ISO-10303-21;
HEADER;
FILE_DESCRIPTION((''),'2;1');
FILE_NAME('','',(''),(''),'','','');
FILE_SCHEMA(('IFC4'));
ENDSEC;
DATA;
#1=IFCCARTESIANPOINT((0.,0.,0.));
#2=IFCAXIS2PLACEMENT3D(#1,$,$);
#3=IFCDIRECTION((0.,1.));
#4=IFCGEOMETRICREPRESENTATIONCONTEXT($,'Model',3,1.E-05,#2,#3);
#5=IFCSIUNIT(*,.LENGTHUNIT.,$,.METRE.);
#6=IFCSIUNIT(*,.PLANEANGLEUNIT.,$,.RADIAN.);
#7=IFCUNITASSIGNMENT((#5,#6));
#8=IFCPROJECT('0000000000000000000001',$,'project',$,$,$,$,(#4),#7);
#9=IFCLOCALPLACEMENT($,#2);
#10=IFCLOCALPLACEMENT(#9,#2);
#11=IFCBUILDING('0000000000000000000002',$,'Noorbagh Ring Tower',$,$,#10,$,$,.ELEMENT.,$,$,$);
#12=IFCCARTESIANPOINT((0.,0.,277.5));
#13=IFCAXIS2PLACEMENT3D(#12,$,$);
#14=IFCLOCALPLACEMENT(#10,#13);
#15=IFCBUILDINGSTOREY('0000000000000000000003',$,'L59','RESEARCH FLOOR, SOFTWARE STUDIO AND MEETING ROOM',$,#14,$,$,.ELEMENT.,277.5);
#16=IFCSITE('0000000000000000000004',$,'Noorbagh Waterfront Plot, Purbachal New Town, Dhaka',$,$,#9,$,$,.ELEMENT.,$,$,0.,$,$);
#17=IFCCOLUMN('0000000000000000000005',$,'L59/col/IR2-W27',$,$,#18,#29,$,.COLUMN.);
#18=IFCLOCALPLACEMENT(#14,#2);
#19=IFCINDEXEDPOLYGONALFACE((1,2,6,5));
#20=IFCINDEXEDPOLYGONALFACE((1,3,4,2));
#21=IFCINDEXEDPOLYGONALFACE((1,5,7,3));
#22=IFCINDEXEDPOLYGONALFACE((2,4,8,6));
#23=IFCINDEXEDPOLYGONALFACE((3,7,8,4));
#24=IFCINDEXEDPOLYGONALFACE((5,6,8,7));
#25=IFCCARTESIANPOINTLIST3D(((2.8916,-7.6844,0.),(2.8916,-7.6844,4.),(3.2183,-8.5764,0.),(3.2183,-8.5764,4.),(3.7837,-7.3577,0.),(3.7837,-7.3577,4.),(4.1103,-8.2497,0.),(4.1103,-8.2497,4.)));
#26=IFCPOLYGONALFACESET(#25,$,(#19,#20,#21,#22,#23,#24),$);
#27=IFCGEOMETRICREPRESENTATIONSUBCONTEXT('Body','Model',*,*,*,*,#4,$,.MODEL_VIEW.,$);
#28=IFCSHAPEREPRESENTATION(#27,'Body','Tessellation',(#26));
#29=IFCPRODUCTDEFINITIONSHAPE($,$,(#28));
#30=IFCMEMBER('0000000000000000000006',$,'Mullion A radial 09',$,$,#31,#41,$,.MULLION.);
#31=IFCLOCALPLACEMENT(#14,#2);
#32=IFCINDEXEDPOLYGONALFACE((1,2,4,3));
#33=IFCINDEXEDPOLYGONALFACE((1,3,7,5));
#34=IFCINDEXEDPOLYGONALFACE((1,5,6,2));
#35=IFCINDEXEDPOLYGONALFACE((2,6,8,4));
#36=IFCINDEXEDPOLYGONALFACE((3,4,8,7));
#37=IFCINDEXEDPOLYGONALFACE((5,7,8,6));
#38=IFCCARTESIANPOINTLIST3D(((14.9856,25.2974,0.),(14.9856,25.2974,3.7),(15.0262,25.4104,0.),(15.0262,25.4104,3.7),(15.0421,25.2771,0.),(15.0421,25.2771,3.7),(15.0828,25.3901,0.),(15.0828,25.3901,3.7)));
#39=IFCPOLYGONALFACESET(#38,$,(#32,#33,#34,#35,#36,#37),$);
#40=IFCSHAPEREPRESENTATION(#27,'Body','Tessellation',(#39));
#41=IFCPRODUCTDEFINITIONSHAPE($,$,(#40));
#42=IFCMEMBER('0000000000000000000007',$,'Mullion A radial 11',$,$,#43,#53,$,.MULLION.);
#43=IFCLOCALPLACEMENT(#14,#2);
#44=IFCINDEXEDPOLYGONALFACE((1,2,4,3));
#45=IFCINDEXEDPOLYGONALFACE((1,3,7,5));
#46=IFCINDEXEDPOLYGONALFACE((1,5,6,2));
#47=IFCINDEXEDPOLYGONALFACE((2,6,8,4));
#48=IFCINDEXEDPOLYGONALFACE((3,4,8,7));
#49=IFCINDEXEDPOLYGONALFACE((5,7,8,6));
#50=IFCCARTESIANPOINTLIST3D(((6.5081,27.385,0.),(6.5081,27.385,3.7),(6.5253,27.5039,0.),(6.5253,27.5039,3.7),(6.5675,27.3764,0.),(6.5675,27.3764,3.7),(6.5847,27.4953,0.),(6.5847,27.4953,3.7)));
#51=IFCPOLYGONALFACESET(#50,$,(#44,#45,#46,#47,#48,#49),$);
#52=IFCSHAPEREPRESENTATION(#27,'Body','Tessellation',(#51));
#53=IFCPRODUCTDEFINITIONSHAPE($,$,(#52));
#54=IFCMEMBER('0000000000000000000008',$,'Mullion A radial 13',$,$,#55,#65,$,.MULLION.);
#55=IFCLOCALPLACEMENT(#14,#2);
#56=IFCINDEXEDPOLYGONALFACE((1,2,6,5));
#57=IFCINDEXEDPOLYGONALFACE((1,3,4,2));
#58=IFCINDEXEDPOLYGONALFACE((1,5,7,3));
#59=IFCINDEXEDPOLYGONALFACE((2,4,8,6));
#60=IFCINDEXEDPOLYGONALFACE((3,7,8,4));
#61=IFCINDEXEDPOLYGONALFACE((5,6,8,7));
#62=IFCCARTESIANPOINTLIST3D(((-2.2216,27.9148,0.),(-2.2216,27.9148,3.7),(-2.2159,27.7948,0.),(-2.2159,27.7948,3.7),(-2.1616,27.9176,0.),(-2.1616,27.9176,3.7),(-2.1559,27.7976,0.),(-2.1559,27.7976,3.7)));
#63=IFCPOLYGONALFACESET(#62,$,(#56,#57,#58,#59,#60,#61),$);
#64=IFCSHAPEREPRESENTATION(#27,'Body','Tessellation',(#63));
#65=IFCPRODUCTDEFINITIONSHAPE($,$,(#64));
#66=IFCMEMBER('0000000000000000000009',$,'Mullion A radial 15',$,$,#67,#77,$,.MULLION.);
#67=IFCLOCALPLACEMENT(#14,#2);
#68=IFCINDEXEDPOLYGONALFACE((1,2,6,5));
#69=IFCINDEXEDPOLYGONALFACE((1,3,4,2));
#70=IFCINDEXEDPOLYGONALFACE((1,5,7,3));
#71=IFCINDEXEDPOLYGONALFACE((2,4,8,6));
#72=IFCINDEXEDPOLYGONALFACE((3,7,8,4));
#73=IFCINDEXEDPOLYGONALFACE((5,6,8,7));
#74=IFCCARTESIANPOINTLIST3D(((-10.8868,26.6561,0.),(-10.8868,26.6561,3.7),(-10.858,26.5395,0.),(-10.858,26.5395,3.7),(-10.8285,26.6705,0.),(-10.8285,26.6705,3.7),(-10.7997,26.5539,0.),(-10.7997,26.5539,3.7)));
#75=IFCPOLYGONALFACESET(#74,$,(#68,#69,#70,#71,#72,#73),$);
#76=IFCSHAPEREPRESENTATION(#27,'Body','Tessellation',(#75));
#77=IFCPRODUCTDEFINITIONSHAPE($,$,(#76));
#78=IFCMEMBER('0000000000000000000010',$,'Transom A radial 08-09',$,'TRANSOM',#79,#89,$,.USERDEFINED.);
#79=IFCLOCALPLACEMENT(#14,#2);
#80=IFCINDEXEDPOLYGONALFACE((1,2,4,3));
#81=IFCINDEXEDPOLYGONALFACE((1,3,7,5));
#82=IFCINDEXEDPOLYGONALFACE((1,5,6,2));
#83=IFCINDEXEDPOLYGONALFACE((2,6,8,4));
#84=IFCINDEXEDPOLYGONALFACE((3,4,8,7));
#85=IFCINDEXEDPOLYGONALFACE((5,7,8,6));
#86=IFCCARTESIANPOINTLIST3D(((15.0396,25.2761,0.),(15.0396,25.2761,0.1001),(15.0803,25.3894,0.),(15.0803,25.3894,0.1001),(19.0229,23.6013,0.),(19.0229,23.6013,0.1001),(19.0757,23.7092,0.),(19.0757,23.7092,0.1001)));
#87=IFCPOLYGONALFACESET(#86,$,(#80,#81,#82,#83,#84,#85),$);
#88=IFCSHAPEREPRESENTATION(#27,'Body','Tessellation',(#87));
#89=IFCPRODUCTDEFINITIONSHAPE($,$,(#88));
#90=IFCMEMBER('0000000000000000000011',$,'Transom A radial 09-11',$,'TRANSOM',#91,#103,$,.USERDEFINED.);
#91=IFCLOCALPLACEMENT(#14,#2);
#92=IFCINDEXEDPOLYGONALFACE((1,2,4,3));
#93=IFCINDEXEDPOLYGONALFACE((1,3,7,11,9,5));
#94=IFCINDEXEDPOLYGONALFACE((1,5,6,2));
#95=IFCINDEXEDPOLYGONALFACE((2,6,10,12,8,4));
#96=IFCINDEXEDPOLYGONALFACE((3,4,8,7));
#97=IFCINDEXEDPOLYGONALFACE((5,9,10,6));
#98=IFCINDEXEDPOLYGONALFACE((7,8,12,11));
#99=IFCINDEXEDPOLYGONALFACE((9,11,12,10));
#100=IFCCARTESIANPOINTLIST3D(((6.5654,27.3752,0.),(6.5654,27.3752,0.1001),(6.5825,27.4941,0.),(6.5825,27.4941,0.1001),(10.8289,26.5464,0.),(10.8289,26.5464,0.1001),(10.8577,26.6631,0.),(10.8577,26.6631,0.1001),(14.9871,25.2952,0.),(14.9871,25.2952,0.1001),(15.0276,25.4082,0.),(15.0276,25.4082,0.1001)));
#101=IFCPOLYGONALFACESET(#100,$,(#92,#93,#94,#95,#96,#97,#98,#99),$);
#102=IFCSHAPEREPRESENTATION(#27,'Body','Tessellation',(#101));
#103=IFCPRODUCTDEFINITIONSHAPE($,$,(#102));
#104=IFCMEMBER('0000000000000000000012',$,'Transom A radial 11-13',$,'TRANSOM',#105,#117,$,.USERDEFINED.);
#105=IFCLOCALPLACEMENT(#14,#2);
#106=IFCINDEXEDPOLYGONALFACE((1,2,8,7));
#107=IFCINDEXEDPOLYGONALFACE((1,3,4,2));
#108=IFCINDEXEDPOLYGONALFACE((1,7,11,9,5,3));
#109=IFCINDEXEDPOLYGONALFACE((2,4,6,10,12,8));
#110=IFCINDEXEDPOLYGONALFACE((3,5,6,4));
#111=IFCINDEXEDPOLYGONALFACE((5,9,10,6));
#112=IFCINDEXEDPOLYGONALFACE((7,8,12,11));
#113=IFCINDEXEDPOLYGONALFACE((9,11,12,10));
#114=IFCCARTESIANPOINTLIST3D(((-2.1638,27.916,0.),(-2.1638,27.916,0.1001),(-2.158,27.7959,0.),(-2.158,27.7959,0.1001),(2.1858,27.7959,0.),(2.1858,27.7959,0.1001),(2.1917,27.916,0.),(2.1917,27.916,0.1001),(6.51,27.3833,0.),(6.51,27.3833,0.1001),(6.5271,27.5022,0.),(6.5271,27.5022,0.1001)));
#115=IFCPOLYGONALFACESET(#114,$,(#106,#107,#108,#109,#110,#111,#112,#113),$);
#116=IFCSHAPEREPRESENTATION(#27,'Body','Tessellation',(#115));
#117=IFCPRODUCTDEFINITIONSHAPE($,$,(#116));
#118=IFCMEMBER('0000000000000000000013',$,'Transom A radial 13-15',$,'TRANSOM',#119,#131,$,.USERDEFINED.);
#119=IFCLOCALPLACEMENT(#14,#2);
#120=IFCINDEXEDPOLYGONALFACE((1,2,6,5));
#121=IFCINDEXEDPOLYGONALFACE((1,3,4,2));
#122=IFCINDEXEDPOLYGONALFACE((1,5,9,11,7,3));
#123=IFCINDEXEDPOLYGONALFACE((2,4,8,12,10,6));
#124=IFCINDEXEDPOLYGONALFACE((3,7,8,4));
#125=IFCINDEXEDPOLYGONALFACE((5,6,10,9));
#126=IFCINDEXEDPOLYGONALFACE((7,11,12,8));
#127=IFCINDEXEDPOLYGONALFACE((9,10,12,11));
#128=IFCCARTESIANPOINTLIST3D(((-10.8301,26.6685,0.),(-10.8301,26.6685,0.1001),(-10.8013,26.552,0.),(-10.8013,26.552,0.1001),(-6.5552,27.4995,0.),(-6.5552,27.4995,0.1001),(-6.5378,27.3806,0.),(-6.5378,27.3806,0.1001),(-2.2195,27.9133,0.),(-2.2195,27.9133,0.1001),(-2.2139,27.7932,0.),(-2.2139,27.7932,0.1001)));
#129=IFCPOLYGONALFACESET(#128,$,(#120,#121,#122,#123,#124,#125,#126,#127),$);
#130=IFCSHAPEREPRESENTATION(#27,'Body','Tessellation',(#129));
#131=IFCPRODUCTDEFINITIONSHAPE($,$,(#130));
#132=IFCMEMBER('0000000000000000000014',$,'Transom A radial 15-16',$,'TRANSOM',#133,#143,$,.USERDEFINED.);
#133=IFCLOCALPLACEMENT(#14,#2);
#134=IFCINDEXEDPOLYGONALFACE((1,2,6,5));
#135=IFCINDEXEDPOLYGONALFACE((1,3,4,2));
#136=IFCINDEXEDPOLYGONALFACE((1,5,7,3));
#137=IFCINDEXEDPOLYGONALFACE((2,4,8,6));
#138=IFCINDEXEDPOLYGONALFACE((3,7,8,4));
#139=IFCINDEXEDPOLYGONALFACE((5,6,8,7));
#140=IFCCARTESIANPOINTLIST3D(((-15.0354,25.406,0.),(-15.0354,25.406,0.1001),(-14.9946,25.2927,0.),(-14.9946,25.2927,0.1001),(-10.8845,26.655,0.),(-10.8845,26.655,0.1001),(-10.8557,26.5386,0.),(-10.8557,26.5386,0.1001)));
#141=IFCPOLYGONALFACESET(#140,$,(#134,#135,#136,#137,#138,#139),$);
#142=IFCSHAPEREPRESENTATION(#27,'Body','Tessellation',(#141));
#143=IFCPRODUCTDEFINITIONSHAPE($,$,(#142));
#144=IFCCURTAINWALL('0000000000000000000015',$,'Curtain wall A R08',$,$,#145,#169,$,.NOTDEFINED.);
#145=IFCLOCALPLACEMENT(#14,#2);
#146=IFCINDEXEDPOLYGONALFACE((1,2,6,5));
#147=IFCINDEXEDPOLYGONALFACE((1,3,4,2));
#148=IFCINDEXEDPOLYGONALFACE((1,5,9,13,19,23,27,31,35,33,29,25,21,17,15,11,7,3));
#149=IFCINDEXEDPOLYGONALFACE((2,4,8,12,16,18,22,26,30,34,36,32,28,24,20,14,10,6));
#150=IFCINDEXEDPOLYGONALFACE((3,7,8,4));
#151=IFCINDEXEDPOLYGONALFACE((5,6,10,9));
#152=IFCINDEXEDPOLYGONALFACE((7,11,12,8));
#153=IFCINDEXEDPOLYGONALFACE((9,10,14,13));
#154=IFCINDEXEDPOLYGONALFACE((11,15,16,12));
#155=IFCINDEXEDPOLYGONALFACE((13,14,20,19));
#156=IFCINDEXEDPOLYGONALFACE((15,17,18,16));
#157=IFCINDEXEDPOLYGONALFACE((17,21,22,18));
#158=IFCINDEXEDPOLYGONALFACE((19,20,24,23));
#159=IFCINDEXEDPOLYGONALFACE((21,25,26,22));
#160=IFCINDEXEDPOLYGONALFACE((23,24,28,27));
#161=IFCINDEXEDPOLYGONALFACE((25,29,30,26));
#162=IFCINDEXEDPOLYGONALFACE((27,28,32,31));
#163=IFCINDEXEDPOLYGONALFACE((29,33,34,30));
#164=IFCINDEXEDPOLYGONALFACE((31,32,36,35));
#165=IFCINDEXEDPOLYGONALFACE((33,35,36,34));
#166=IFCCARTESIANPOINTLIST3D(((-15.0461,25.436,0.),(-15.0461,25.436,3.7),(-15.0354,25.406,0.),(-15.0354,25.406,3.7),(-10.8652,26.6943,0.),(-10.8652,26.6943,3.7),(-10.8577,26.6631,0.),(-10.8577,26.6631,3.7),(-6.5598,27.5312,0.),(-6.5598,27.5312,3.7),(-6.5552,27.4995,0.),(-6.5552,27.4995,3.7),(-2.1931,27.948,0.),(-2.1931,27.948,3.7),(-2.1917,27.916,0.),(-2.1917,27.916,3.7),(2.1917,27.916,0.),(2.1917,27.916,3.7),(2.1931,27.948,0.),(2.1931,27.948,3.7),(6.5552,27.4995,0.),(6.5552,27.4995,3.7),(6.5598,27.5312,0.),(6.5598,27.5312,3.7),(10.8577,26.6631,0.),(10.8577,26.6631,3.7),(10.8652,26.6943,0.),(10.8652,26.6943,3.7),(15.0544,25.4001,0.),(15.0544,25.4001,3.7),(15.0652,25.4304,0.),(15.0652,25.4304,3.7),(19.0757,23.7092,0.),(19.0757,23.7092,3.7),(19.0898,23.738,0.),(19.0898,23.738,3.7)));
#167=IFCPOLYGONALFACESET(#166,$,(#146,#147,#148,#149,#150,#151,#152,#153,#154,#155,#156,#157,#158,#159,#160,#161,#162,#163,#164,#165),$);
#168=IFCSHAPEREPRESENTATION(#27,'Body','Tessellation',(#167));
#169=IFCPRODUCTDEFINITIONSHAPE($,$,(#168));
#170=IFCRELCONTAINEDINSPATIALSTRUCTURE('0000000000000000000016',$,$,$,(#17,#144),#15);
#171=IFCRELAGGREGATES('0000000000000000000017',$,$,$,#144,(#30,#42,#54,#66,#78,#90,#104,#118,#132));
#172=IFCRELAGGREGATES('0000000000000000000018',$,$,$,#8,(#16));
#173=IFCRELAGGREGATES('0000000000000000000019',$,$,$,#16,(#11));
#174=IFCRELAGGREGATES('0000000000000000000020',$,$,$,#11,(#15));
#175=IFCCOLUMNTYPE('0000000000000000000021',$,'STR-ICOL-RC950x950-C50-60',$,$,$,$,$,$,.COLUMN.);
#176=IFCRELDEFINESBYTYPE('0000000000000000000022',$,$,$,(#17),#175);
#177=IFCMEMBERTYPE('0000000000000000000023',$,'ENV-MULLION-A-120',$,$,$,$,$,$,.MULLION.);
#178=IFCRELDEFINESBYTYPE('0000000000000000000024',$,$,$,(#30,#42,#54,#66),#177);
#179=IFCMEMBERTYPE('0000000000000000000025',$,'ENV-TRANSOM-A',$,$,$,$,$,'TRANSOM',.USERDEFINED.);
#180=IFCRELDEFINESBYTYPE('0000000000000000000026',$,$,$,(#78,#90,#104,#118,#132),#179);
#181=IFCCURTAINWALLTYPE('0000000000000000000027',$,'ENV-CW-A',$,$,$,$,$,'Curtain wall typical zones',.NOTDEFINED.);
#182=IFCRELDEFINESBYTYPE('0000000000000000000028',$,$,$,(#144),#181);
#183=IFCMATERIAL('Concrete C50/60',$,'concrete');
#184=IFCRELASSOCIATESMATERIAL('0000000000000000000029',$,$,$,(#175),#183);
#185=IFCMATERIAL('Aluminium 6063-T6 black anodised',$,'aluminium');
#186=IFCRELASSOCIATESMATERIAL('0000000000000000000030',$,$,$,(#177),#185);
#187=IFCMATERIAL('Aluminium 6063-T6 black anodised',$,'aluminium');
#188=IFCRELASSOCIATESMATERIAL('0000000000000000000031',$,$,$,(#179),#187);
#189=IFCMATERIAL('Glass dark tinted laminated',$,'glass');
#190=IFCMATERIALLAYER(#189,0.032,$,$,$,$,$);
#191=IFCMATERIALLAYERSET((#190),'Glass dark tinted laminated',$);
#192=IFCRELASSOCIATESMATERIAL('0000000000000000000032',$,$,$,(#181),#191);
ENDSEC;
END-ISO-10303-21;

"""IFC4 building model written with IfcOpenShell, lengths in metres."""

from ifc_helpers import new_model, si_unit, direction, frame, origin, origin_2d, place, context, subcontext, project, spatial, polyline, rectangle, outline, extrude, material, layer, layer_set, material_profile, profile_set, type_object, element, aggregate, save


model = new_model("IFC4")

# Units and contexts
model_context = context("Model", 3, precision=1e-05, world=origin(), true_north=direction((0.0, 1.0)))
body_context = subcontext(model_context, "Body", "Model", "MODEL_VIEW")
ifc_project = project(units=[si_unit("LENGTHUNIT", "METRE"), si_unit("PLANEANGLEUNIT", "RADIAN")], contexts=[model_context])

# Site, building, storey
site_placement = place(None, origin())
site = spatial("IfcSite", under=ifc_project, at=site_placement, Name="Noorbagh Waterfront Plot, Purbachal New Town, Dhaka", CompositionType="ELEMENT", RefElevation=0.0)
building_placement = place(site_placement, origin())
building = spatial("IfcBuilding", under=site, at=building_placement, Name="Noorbagh Ring Tower", CompositionType="ELEMENT")
storey_placement = place(building_placement, frame((0.0, 0.0, 277.5)))
storey = spatial("IfcBuildingStorey", under=building, at=storey_placement, Name="L59", Description="RESEARCH FLOOR, SOFTWARE STUDIO AND MEETING ROOM", CompositionType="ELEMENT", Elevation=277.5)

# Column
ifc_material_1 = material(Name="Concrete C50/60", Category="concrete")
ifc_material_profile_1 = material_profile(ifc_material_1, rectangle(XDim=0.95, YDim=0.95, at=origin_2d()), Name="RC950x950")
ifc_profile_set_1 = profile_set([ifc_material_profile_1], Name="Concrete C50/60")
column_type = type_object("IfcColumnType", Name="STR-ICOL-RC950x950-C50-60", PredefinedType="COLUMN", material=ifc_profile_set_1)
column_placement = place(storey_placement, frame((3.501, -7.967, 0.0), z_axis=(0.0, 0.0, 1.0), x_axis=(0.93902, 0.343864, 0.0)))
element("IfcColumn", 1, at=column_placement, inside=storey, type_object=column_type, Name="L59/col/IR2-W27", PredefinedType="COLUMN", context=body_context, shape_type="SweptSolid", body=[
    extrude(rectangle(XDim=0.95, YDim=0.95, at=origin_2d()), origin(), (0.0, 0.0, 1.0), 4.0),
])

# Members
ifc_material_2 = material(Name="Aluminium 6063-T6 black anodised", Category="aluminium")
ifc_material_profile_2 = material_profile(ifc_material_2, rectangle(XDim=0.1201, YDim=0.0601, at=origin_2d()), Name="120x60")
ifc_profile_set_2 = profile_set([ifc_material_profile_2], Name="Aluminium 6063-T6 black anodised")
member_type_1 = type_object("IfcMemberType", Name="ENV-MULLION-A-120", PredefinedType="MULLION", material=ifc_profile_set_2)
member_1_placement = place(storey_placement, frame((15.0342, 25.3438, 0.0), z_axis=(0.0, 0.0, 1.0), x_axis=(-0.338379, -0.94101, 0.0)))
member_1 = element("IfcMember", 2, at=member_1_placement, type_object=member_type_1, Name="Mullion A radial 09", PredefinedType="MULLION", context=body_context, shape_type="SweptSolid", body=[
    extrude(rectangle(XDim=0.1201, YDim=0.0601, at=origin_2d()), origin(), (0.0, 0.0, 1.0), 3.7),
])
member_2_placement = place(storey_placement, frame((6.5464, 27.4402, 0.0), z_axis=(0.0, 0.0, 1.0), x_axis=(-0.143082, -0.989711, 0.0)))
member_2 = element("IfcMember", 3, at=member_2_placement, type_object=member_type_1, Name="Mullion A radial 11", PredefinedType="MULLION", context=body_context, shape_type="SweptSolid", body=[
    extrude(rectangle(XDim=0.1201, YDim=0.0601, at=origin_2d()), origin(), (0.0, 0.0, 1.0), 3.7),
])
member_3_placement = place(storey_placement, frame((-2.1887, 27.8562, 0.0), z_axis=(0.0, 0.0, 1.0), x_axis=(0.047558, -0.998868, 0.0)))
member_3 = element("IfcMember", 4, at=member_3_placement, type_object=member_type_1, Name="Mullion A radial 13", PredefinedType="MULLION", context=body_context, shape_type="SweptSolid", body=[
    extrude(rectangle(XDim=0.1201, YDim=0.0601, at=origin_2d()), origin(), (0.0, 0.0, 1.0), 3.7),
])
member_4_placement = place(storey_placement, frame((-10.8433, 26.605, 0.0), z_axis=(0.0, 0.0, 1.0), x_axis=(0.239799, -0.970823, 0.0)))
member_4 = element("IfcMember", 5, at=member_4_placement, type_object=member_type_1, Name="Mullion A radial 15", PredefinedType="MULLION", context=body_context, shape_type="SweptSolid", body=[
    extrude(rectangle(XDim=0.1201, YDim=0.0601, at=origin_2d()), origin(), (0.0, 0.0, 1.0), 3.7),
])
ifc_material_3 = material(Name="Aluminium 6063-T6 black anodised", Category="aluminium")
member_type_2 = type_object("IfcMemberType", Name="ENV-TRANSOM-A", ElementType="TRANSOM", PredefinedType="USERDEFINED", material=ifc_material_3)
member_5_placement = place(storey_placement, origin())
member_5 = element("IfcMember", 6, at=member_5_placement, type_object=member_type_2, Name="Transom A radial 08-09", ObjectType="TRANSOM", PredefinedType="USERDEFINED", context=body_context, shape_type="SweptSolid", body=[
    extrude(outline(polyline([(19.0757, 23.7092), (15.0803, 25.3894), (15.0396, 25.2761), (19.0229, 23.6013), (19.0757, 23.7092)])), origin(), (0.0, 0.0, 1.0), 0.1001),
])
member_6_placement = place(storey_placement, origin())
member_6 = element("IfcMember", 7, at=member_6_placement, type_object=member_type_2, Name="Transom A radial 09-11", ObjectType="TRANSOM", PredefinedType="USERDEFINED", context=body_context, shape_type="SweptSolid", body=[
    extrude(outline(polyline([(15.0276, 25.4082), (10.8577, 26.6631), (6.5825, 27.4941), (6.5654, 27.3752), (10.8289, 26.5464), (14.9871, 25.2952), (15.0276, 25.4082)])), origin(), (0.0, 0.0, 1.0), 0.1001),
])
member_7_placement = place(storey_placement, origin())
member_7 = element("IfcMember", 8, at=member_7_placement, type_object=member_type_2, Name="Transom A radial 11-13", ObjectType="TRANSOM", PredefinedType="USERDEFINED", context=body_context, shape_type="SweptSolid", body=[
    extrude(outline(polyline([(6.5271, 27.5022), (2.1917, 27.916), (-2.1638, 27.916), (-2.158, 27.7959), (2.1858, 27.7959), (6.51, 27.3833), (6.5271, 27.5022)])), origin(), (0.0, 0.0, 1.0), 0.1001),
])
member_8_placement = place(storey_placement, origin())
member_8 = element("IfcMember", 9, at=member_8_placement, type_object=member_type_2, Name="Transom A radial 13-15", ObjectType="TRANSOM", PredefinedType="USERDEFINED", context=body_context, shape_type="SweptSolid", body=[
    extrude(outline(polyline([(-2.2195, 27.9133), (-6.5552, 27.4995), (-10.8301, 26.6685), (-10.8013, 26.552), (-6.5378, 27.3806), (-2.2139, 27.7932), (-2.2195, 27.9133)])), origin(), (0.0, 0.0, 1.0), 0.1001),
])
member_9_placement = place(storey_placement, origin())
member_9 = element("IfcMember", 10, at=member_9_placement, type_object=member_type_2, Name="Transom A radial 15-16", ObjectType="TRANSOM", PredefinedType="USERDEFINED", context=body_context, shape_type="SweptSolid", body=[
    extrude(outline(polyline([(-10.8845, 26.655), (-15.0354, 25.406), (-14.9946, 25.2927), (-10.8557, 26.5386), (-10.8845, 26.655)])), origin(), (0.0, 0.0, 1.0), 0.1001),
])

# Curtain wall
ifc_material_4 = material(Name="Glass dark tinted laminated", Category="glass")
ifc_layer_1 = layer(ifc_material_4, 0.032)
ifc_layer_set_1 = layer_set([ifc_layer_1], Name="Glass dark tinted laminated")
curtain_wall_type = type_object("IfcCurtainWallType", Name="ENV-CW-A", ElementType="Curtain wall typical zones", PredefinedType="NOTDEFINED", material=ifc_layer_set_1)
curtain_wall_1_placement = place(storey_placement, origin())
curtain_wall_1 = element("IfcCurtainWall", 11, at=curtain_wall_1_placement, inside=storey, type_object=curtain_wall_type, Name="Curtain wall A R08", PredefinedType="NOTDEFINED", context=body_context, shape_type="SweptSolid", body=[
    extrude(outline(polyline([(19.0898, 23.738), (15.0652, 25.4304), (10.8652, 26.6943), (6.5598, 27.5312), (2.1931, 27.948), (-2.1931, 27.948), (-6.5598, 27.5312), (-10.8652, 26.6943), (-15.0461, 25.436), (-15.0354, 25.406), (-10.8577, 26.6631), (-6.5552, 27.4995), (-2.1917, 27.916), (2.1917, 27.916), (6.5552, 27.4995), (10.8577, 26.6631), (15.0544, 25.4001), (19.0757, 23.7092), (19.0898, 23.738)])), origin(), (0.0, 0.0, 1.0), 3.7),
])
aggregate(curtain_wall_1, [member_1, member_2, member_3, member_4, member_5, member_6, member_7, member_8, member_9])

save(model, "model.ifc")
